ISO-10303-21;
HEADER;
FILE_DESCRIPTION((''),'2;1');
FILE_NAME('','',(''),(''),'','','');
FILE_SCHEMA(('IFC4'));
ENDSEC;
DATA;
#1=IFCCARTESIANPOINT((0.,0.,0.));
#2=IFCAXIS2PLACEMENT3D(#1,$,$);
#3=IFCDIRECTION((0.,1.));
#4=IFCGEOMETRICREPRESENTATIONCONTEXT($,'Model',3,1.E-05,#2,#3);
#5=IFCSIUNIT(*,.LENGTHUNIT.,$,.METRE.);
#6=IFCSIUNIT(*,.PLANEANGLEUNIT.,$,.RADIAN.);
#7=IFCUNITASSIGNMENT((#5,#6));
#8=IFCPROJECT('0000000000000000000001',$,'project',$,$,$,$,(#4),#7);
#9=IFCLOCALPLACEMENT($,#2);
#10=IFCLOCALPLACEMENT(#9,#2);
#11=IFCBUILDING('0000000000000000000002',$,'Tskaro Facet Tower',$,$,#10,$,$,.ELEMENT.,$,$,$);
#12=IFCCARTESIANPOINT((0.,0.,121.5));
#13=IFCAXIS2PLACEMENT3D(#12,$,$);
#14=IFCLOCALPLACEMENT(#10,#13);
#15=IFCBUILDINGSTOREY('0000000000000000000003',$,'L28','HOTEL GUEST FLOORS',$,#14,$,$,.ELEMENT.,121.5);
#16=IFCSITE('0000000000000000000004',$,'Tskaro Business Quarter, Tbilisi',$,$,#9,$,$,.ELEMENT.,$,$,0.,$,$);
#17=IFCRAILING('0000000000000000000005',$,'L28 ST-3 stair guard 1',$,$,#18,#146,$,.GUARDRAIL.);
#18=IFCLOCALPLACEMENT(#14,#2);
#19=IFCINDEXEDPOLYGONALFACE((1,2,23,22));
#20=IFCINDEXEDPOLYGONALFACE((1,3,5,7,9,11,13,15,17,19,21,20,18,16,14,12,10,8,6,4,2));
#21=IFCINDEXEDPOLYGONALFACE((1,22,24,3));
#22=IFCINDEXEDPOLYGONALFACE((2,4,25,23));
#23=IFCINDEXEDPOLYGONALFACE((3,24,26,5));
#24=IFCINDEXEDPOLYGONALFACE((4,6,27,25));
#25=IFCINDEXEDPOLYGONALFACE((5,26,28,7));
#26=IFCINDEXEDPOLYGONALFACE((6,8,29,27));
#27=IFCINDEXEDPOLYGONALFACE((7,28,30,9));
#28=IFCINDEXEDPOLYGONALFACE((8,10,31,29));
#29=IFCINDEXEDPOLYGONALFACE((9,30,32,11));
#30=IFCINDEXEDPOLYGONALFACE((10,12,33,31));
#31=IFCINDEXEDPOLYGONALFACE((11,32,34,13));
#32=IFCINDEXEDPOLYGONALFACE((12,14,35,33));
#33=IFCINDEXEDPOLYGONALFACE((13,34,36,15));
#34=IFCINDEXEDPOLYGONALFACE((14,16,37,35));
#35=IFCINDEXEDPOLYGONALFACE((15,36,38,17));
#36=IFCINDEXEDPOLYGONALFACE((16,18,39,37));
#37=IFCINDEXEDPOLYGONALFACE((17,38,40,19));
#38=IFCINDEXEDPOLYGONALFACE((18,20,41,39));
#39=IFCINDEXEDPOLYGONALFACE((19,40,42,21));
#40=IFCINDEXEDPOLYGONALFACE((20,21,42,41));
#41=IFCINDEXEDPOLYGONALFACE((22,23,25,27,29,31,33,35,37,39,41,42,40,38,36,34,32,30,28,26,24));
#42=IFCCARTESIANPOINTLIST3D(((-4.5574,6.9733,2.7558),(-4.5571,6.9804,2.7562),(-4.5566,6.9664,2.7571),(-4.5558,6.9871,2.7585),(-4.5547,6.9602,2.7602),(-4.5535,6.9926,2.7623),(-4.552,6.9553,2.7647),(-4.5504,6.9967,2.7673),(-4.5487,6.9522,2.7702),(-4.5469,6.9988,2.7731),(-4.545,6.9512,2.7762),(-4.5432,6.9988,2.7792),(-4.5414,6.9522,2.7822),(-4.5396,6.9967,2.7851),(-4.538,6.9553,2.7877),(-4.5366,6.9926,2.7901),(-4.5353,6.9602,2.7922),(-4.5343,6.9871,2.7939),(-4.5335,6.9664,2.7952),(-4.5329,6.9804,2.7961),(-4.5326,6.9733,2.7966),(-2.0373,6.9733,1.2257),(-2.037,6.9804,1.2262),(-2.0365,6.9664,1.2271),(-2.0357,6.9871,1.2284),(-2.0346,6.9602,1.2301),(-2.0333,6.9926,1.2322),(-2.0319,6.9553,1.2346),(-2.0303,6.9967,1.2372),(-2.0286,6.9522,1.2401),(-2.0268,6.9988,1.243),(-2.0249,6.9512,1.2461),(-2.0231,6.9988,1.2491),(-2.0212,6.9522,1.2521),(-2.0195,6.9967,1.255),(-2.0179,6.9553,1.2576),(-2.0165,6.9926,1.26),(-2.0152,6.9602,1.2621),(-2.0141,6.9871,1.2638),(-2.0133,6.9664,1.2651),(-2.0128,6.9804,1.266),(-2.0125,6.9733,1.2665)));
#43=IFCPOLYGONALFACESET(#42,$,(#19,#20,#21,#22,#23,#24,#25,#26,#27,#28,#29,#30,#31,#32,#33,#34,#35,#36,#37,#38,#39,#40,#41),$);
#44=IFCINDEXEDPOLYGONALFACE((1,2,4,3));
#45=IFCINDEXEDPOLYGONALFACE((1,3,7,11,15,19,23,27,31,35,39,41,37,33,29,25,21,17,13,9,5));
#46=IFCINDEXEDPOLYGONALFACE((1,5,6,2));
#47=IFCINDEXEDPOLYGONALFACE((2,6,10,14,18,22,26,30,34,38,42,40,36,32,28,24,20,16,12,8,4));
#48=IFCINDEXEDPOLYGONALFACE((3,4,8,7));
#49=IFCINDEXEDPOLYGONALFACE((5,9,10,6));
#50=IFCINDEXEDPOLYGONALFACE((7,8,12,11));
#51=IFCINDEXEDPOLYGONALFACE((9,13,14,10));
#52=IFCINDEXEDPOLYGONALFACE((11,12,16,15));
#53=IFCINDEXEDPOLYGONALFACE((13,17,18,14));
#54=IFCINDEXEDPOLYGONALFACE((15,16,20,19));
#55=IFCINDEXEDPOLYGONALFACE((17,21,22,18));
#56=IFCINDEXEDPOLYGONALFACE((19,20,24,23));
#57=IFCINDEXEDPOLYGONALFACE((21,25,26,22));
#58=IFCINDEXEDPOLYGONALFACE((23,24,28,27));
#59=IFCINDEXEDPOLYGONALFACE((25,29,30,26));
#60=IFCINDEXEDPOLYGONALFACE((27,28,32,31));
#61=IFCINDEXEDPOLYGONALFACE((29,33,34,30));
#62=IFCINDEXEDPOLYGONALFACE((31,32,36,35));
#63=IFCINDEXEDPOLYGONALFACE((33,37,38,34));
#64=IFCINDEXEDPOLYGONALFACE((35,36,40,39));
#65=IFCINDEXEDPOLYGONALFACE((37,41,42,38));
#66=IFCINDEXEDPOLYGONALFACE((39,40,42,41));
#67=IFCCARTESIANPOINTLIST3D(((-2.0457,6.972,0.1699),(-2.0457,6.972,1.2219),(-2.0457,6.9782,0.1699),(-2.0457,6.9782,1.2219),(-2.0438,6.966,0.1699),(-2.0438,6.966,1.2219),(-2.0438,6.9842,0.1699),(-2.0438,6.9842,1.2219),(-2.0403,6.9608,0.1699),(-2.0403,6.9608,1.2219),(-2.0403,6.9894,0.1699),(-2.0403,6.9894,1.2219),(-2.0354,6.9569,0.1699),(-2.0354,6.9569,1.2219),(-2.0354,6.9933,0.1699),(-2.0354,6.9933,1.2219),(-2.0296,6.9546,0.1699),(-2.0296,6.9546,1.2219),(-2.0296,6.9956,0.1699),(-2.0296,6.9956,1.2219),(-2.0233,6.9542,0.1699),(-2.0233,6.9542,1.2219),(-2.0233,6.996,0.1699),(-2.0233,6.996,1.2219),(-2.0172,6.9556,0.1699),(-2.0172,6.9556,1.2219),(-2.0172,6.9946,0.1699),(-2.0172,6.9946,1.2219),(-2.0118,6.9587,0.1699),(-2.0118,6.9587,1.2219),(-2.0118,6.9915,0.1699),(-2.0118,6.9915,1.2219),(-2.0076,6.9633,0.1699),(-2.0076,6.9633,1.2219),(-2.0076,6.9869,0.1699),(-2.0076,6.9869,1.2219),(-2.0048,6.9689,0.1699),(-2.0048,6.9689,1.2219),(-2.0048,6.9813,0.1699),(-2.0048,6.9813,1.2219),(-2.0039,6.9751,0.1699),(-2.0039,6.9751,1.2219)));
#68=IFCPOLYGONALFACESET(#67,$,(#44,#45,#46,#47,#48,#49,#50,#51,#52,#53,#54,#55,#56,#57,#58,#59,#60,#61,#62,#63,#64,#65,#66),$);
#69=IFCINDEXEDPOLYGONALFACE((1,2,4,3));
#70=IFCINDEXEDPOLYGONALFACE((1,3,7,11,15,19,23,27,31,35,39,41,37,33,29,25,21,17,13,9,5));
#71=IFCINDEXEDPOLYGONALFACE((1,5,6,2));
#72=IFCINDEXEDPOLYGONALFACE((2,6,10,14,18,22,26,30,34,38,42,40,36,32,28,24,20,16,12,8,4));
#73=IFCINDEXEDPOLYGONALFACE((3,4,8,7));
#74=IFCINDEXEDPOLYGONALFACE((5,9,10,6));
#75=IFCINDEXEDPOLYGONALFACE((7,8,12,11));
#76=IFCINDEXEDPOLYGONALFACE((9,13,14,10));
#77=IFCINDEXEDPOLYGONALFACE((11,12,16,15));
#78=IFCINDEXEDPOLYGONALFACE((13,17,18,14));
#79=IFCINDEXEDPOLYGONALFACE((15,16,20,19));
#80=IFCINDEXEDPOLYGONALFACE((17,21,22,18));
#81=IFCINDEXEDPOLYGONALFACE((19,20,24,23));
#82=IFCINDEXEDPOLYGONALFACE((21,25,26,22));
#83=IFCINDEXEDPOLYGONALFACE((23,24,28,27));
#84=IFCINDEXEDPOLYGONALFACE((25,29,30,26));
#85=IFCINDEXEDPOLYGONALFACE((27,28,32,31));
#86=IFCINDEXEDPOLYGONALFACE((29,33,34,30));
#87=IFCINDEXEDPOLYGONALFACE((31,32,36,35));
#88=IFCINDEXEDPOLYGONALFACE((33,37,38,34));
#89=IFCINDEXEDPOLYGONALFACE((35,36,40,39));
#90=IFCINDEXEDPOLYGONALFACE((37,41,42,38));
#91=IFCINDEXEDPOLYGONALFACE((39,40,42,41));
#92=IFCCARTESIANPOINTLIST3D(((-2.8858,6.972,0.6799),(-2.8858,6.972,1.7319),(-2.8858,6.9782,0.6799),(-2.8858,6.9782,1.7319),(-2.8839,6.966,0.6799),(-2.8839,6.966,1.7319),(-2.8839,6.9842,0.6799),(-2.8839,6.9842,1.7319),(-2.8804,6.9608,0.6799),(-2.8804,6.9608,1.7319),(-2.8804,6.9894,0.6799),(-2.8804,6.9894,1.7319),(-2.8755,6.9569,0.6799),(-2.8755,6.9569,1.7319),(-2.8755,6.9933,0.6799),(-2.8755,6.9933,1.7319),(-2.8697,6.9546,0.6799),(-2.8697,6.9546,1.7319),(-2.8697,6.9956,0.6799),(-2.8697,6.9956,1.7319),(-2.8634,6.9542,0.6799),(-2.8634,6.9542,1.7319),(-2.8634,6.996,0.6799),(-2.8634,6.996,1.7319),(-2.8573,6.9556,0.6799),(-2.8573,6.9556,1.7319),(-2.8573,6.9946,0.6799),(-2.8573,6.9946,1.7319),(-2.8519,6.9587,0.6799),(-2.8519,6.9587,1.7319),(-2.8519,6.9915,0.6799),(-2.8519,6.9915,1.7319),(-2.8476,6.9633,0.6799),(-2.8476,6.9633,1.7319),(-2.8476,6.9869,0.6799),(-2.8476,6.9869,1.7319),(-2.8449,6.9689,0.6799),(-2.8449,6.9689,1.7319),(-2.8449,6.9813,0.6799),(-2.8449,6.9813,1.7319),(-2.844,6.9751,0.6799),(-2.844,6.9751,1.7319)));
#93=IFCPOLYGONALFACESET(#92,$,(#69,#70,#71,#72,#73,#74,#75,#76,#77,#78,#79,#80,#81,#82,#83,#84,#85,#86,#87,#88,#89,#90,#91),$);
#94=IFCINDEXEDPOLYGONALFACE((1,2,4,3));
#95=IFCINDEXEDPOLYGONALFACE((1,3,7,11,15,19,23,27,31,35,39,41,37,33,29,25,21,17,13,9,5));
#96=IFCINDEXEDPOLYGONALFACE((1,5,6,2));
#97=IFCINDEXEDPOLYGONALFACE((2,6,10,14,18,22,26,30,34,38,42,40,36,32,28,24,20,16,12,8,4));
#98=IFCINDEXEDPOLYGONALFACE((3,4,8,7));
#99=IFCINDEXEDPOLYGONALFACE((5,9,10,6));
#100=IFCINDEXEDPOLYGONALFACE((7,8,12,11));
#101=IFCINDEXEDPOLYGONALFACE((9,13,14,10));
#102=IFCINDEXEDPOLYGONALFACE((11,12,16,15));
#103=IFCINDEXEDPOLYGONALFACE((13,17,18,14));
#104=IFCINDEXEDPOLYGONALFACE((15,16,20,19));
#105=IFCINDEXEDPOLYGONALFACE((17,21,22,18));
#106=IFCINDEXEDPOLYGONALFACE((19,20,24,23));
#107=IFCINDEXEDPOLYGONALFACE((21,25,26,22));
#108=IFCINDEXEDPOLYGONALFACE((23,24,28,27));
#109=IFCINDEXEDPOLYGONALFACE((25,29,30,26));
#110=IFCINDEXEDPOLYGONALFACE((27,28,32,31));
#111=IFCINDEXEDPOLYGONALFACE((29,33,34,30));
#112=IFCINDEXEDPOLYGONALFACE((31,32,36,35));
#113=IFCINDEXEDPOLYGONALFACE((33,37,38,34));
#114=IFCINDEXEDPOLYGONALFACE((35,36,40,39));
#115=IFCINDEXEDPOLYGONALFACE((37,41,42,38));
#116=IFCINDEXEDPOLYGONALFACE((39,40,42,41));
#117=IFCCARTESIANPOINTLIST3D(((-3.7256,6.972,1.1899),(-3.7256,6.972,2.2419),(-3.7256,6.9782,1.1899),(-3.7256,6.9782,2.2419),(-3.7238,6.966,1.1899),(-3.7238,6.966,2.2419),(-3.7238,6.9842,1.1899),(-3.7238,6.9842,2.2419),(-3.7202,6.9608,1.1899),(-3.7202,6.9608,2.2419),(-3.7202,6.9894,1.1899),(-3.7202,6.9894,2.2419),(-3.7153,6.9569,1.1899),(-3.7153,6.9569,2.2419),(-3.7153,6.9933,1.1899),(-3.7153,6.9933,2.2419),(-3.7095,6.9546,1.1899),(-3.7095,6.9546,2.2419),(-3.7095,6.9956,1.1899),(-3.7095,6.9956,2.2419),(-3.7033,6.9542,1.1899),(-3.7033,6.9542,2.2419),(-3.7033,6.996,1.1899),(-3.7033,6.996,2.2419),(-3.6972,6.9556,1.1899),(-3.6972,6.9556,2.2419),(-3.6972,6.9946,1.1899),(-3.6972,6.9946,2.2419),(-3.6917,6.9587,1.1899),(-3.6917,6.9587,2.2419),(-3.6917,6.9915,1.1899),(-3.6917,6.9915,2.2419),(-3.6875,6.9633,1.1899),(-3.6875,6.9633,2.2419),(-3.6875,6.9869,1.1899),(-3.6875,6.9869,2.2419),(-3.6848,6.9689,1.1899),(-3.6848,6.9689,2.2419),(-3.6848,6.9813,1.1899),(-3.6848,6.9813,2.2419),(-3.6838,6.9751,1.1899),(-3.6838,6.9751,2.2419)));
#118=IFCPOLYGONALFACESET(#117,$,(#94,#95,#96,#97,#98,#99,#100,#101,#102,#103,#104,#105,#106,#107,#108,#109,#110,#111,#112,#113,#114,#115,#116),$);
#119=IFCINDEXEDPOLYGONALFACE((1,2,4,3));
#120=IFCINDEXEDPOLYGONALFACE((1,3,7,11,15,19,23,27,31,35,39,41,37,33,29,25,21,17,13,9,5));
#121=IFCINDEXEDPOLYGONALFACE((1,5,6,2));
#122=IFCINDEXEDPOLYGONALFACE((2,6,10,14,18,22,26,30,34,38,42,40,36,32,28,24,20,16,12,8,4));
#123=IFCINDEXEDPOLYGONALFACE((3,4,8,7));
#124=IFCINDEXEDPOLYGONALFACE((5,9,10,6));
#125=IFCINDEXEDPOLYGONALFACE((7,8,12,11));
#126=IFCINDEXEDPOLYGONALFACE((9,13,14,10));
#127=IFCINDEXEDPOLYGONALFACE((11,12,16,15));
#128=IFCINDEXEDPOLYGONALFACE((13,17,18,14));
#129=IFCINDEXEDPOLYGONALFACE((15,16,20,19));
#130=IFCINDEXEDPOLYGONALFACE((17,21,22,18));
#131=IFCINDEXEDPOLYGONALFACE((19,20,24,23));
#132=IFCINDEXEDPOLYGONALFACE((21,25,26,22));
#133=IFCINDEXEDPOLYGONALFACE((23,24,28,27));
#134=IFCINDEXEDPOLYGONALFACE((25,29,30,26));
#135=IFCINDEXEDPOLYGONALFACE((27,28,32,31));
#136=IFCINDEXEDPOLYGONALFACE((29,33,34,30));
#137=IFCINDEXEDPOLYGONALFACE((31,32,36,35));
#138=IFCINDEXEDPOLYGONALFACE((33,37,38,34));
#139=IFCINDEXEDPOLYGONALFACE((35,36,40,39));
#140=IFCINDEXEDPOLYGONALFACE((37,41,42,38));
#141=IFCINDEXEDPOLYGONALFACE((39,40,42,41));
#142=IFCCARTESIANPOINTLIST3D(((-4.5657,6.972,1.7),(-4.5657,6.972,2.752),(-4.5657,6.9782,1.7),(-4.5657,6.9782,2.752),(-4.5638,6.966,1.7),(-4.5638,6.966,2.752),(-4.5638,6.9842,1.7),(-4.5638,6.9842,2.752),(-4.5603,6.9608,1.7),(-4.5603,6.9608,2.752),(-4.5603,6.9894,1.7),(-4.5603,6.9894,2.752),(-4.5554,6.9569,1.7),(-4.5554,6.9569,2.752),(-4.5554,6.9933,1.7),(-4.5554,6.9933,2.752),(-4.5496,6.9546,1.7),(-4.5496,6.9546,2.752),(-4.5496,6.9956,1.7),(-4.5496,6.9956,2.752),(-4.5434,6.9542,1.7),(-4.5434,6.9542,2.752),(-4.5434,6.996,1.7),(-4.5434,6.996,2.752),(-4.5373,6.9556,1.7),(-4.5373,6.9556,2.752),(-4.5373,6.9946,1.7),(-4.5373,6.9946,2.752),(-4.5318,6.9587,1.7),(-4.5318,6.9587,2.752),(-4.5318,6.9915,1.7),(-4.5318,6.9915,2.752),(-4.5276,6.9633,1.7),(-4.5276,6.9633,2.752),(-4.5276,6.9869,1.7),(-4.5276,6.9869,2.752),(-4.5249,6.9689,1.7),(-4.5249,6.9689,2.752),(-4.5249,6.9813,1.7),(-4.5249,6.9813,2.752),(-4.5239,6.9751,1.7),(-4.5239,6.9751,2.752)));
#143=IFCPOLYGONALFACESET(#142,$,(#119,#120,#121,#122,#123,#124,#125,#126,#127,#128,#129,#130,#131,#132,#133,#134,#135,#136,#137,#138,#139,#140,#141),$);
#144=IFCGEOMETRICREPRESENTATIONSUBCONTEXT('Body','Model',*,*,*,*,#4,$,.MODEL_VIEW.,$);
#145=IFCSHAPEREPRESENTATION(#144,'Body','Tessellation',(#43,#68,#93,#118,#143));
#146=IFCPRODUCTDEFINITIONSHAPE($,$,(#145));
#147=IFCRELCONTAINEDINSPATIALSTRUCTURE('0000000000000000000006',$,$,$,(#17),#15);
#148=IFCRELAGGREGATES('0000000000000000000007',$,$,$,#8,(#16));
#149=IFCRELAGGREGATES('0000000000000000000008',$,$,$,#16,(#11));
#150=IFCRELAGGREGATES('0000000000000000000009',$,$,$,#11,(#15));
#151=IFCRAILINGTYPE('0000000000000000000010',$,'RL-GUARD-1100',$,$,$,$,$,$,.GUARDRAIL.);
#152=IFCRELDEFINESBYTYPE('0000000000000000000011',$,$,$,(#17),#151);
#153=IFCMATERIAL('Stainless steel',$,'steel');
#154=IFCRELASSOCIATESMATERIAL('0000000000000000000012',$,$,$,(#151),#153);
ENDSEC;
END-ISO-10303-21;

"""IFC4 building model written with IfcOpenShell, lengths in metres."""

from ifc_helpers import new_model, si_unit, direction, frame, origin, origin_2d, place, context, subcontext, project, spatial, circle, extrude, material, type_object, element, save


model = new_model("IFC4")

# Units and contexts
model_context = context("Model", 3, precision=1e-05, world=origin(), true_north=direction((0.0, 1.0)))
body_context = subcontext(model_context, "Body", "Model", "MODEL_VIEW")
ifc_project = project(units=[si_unit("LENGTHUNIT", "METRE"), si_unit("PLANEANGLEUNIT", "RADIAN")], contexts=[model_context])

# Site, building, storey
site_placement = place(None, origin())
site = spatial("IfcSite", under=ifc_project, at=site_placement, Name="Tskaro Business Quarter, Tbilisi", CompositionType="ELEMENT", RefElevation=0.0)
building_placement = place(site_placement, origin())
building = spatial("IfcBuilding", under=site, at=building_placement, Name="Tskaro Facet Tower", CompositionType="ELEMENT")
storey_placement = place(building_placement, frame((0.0, 0.0, 121.5)))
storey = spatial("IfcBuildingStorey", under=building, at=storey_placement, Name="L28", Description="HOTEL GUEST FLOORS", CompositionType="ELEMENT", Elevation=121.5)

# Railing
ifc_material_1 = material(Name="Stainless steel", Category="steel")
railing_type_1 = type_object("IfcRailingType", Name="RL-GUARD-1100", PredefinedType="GUARDRAIL", material=ifc_material_1)
railing_1_placement = place(storey_placement, frame((-2.0249, 6.9751, 0.1699)))
element("IfcRailing", 1, at=railing_1_placement, inside=storey, type_object=railing_type_1, Name="L28 ST-3 stair guard 1", PredefinedType="GUARDRAIL", context=body_context, shape_type="SweptSolid", body=[
    extrude(circle(Radius=0.0239, at=origin_2d()), frame((0.0, 0.0, 1.0762), z_axis=(-0.854785, 0.0, 0.518982), x_axis=(0.0, -1.0, 0.0)), (0.0, 0.0, 1.0), 2.9482),
    extrude(circle(Radius=0.021, at=origin_2d()), origin(), (0.0, 0.0, 1.0), 1.052),
    extrude(circle(Radius=0.021, at=origin_2d()), frame((-0.8401, 0.0, 0.51)), (0.0, 0.0, 1.0), 1.052),
    extrude(circle(Radius=0.021, at=origin_2d()), frame((-1.6799, 0.0, 1.02)), (0.0, 0.0, 1.0), 1.052),
    extrude(circle(Radius=0.021, at=origin_2d()), frame((-2.52, 0.0, 1.53)), (0.0, 0.0, 1.0), 1.052),
])

save(model, "model.ifc")
